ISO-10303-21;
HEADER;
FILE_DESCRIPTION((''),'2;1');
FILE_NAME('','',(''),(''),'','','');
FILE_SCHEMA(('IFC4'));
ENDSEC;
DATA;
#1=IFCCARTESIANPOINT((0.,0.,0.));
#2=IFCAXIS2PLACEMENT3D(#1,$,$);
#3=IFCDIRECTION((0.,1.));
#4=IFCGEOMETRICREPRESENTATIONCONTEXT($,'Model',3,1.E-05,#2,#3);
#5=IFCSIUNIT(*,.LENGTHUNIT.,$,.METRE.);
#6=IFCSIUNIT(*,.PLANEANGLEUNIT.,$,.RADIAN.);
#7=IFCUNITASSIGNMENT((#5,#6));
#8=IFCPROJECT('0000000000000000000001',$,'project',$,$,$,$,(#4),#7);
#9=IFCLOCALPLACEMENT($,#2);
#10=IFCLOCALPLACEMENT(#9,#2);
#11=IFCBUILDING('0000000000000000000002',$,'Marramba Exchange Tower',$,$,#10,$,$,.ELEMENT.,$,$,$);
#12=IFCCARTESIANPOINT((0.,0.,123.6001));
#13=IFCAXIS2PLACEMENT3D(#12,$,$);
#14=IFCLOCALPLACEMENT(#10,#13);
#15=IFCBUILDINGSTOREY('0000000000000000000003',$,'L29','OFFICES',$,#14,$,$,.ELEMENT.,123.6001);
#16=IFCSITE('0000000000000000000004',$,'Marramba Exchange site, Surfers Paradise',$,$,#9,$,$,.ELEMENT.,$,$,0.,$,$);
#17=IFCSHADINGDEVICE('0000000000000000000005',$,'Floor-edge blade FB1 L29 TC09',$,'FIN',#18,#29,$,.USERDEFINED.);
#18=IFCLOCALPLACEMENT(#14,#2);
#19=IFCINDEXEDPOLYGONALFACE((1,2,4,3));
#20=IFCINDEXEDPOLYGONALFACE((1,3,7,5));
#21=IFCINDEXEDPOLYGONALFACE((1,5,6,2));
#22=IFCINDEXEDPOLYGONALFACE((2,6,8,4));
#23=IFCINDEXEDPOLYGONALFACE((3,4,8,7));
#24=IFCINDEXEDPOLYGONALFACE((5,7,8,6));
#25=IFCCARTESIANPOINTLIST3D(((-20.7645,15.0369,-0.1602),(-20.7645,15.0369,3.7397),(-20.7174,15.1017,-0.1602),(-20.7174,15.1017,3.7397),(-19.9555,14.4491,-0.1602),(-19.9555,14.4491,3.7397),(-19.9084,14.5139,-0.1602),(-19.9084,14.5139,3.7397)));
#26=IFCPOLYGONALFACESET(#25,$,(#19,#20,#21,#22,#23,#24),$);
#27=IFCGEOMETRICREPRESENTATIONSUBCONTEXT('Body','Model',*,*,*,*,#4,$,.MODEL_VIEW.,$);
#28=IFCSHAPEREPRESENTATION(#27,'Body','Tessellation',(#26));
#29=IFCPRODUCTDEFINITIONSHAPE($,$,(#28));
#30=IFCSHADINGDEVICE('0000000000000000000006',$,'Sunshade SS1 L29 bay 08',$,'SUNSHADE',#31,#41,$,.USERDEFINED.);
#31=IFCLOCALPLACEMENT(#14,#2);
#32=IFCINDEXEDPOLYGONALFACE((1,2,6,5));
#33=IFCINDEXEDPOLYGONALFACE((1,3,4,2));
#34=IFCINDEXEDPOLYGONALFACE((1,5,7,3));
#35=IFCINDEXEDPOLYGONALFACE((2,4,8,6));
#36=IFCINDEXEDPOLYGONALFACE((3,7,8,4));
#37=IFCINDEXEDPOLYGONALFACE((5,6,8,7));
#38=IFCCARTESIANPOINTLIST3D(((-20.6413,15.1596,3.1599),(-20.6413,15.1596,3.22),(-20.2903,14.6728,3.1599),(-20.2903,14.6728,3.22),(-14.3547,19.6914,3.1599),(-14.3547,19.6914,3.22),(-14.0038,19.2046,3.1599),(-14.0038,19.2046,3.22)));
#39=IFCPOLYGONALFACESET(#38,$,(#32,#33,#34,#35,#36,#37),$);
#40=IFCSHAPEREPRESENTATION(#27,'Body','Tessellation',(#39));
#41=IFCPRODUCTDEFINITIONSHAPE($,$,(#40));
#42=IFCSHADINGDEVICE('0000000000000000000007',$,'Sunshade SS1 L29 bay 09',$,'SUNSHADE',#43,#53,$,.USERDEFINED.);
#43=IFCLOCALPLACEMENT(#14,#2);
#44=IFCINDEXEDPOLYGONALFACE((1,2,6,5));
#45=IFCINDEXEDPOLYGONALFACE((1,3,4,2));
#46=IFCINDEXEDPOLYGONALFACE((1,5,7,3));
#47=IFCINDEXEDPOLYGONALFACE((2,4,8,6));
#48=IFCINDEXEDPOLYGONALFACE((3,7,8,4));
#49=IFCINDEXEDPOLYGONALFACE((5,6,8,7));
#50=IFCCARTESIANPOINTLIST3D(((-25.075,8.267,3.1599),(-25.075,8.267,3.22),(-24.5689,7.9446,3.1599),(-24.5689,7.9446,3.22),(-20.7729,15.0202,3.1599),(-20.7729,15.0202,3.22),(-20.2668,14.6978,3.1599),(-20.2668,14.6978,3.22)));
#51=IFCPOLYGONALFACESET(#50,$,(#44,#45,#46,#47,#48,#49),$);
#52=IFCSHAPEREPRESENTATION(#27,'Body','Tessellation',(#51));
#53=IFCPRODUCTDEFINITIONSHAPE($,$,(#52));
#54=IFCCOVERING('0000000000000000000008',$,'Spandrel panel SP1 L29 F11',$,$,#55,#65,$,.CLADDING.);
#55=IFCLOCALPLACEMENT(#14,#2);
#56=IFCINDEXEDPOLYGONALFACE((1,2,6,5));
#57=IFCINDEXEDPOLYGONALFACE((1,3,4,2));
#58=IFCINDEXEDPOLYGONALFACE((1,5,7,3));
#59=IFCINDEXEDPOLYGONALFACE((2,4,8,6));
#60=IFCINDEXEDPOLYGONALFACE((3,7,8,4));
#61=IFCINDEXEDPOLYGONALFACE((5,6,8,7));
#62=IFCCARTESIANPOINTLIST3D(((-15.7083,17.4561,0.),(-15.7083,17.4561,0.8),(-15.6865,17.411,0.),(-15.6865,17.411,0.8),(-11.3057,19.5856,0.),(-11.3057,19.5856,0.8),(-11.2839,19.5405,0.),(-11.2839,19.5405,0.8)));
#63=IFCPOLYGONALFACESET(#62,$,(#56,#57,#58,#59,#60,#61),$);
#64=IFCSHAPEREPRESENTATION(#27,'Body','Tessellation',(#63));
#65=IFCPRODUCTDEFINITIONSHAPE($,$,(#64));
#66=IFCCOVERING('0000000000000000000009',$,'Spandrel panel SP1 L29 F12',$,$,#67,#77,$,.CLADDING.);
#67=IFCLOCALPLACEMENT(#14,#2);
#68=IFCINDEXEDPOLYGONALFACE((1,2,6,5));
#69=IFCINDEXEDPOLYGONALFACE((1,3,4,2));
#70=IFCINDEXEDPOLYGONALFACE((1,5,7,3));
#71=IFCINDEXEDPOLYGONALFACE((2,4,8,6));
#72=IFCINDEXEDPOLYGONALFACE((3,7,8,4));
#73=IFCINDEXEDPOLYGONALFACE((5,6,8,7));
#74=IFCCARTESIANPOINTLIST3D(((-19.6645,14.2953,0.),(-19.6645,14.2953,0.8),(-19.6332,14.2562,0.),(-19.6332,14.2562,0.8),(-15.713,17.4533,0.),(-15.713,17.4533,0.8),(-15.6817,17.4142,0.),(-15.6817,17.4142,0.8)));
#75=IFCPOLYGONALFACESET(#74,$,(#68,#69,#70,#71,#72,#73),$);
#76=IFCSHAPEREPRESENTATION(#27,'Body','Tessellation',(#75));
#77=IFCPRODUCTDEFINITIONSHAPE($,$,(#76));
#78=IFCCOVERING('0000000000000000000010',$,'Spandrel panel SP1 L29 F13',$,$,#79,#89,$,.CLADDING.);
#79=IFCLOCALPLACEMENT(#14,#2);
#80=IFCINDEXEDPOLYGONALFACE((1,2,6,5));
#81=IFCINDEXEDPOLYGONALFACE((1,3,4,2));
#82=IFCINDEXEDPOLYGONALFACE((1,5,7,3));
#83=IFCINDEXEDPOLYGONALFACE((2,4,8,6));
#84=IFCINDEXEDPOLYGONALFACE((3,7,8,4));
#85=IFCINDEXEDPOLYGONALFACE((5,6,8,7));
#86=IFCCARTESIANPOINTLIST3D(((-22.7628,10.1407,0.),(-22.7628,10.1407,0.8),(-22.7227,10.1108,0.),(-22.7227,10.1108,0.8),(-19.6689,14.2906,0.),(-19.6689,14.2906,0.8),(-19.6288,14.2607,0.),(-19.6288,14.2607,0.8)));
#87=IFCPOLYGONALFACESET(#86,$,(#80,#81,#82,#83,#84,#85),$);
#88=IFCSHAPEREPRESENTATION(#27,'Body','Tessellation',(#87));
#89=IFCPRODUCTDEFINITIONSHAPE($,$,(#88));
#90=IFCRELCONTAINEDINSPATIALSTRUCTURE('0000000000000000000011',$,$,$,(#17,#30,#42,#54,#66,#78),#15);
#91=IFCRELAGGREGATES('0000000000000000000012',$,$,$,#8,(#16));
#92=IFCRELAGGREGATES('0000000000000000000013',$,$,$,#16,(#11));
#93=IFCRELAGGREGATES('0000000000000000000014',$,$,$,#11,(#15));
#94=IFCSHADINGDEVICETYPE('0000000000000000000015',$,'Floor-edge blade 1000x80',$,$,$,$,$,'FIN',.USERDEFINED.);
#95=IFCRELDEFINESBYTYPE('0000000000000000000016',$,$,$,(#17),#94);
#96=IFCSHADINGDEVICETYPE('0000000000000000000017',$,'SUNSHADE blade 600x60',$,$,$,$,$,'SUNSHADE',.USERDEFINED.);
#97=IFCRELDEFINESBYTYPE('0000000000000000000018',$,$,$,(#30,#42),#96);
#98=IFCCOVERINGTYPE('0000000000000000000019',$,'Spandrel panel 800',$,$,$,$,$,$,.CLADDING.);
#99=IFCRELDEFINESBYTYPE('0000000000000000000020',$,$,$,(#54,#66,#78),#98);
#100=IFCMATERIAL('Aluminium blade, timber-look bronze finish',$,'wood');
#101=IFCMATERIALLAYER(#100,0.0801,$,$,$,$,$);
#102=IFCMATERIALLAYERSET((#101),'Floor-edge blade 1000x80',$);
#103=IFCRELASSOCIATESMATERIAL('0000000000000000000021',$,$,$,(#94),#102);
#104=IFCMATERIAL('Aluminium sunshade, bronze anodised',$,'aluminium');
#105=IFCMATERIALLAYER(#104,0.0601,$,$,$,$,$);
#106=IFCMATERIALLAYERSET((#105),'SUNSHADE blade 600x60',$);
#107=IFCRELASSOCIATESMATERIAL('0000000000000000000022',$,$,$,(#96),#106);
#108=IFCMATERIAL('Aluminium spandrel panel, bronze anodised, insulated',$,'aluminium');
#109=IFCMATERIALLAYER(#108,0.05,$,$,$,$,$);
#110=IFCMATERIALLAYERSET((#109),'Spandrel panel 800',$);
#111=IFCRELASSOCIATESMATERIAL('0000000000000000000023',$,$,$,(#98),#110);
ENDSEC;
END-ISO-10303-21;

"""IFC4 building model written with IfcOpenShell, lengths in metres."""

from ifc_helpers import new_model, si_unit, direction, frame, origin, origin_2d, place, context, subcontext, project, spatial, rectangle, extrude, material, layer, layer_set, type_object, element, save


model = new_model("IFC4")

# Units and contexts
model_context = context("Model", 3, precision=1e-05, world=origin(), true_north=direction((0.0, 1.0)))
body_context = subcontext(model_context, "Body", "Model", "MODEL_VIEW")
ifc_project = project(units=[si_unit("LENGTHUNIT", "METRE"), si_unit("PLANEANGLEUNIT", "RADIAN")], contexts=[model_context])

# Site, building, storey
site_placement = place(None, origin())
site = spatial("IfcSite", under=ifc_project, at=site_placement, Name="Marramba Exchange site, Surfers Paradise", CompositionType="ELEMENT", RefElevation=0.0)
building_placement = place(site_placement, origin())
building = spatial("IfcBuilding", under=site, at=building_placement, Name="Marramba Exchange Tower", CompositionType="ELEMENT")
storey_placement = place(building_placement, frame((0.0, 0.0, 123.6001)))
storey = spatial("IfcBuildingStorey", under=building, at=storey_placement, Name="L29", Description="OFFICES", CompositionType="ELEMENT", Elevation=123.6001)

# Shading devices
ifc_material_1 = material(Name="Aluminium blade, timber-look bronze finish", Category="wood")
ifc_layer_1 = layer(ifc_material_1, 0.0801)
ifc_layer_set_1 = layer_set([ifc_layer_1], Name="Floor-edge blade 1000x80")
shading_device_type_1 = type_object("IfcShadingDeviceType", Name="Floor-edge blade 1000x80", ElementType="FIN", PredefinedType="USERDEFINED", material=ifc_layer_set_1)
for number, where, z_axis, x_axis, name in (
    (1, (-20.3364, 14.7754, -0.1602), (0.0, 0.0, 1.0), (-0.809017, 0.587785, 0.0), "Floor-edge blade FB1 L29 TC09"),
):
    element("IfcShadingDevice", number, at=place(storey_placement, frame(where, z_axis=z_axis, x_axis=x_axis)), inside=storey, type_object=shading_device_type_1, Name=name, ObjectType="FIN", PredefinedType="USERDEFINED", context=body_context, shape_type="SweptSolid", body=[
        extrude(rectangle(XDim=1.0, YDim=0.0801, at=origin_2d()), origin(), (0.0, 0.0, 1.0), 3.8999),
    ])
ifc_material_2 = material(Name="Aluminium sunshade, bronze anodised", Category="aluminium")
ifc_layer_2 = layer(ifc_material_2, 0.0601)
ifc_layer_set_2 = layer_set([ifc_layer_2], Name="SUNSHADE blade 600x60")
shading_device_type_2 = type_object("IfcShadingDeviceType", Name="SUNSHADE blade 600x60", ElementType="SUNSHADE", PredefinedType="USERDEFINED", material=ifc_layer_set_2)
shading_device_1_placement = place(storey_placement, frame((-17.3225, 17.1821, 3.1599), z_axis=(0.0, 0.0, 1.0), x_axis=(-0.811199, -0.58477, 0.0)))
element("IfcShadingDevice", 2, at=shading_device_1_placement, inside=storey, type_object=shading_device_type_2, Name="Sunshade SS1 L29 bay 08", ObjectType="SUNSHADE", PredefinedType="USERDEFINED", context=body_context, shape_type="SweptSolid", body=[
    extrude(rectangle(XDim=7.7498, YDim=0.6001, at=origin_2d()), origin(), (0.0, 0.0, 1.0), 0.0601),
])
shading_device_2_placement = place(storey_placement, frame((-22.6709, 11.4824, 3.1599), z_axis=(0.0, 0.0, 1.0), x_axis=(-0.537285, -0.843401, 0.0)))
element("IfcShadingDevice", 3, at=shading_device_2_placement, inside=storey, type_object=shading_device_type_2, Name="Sunshade SS1 L29 bay 09", ObjectType="SUNSHADE", PredefinedType="USERDEFINED", context=body_context, shape_type="SweptSolid", body=[
    extrude(rectangle(XDim=8.0071, YDim=0.6001, at=origin_2d()), origin(), (0.0, 0.0, 1.0), 0.0601),
])

# Coverings
ifc_material_3 = material(Name="Aluminium spandrel panel, bronze anodised, insulated", Category="aluminium")
ifc_layer_3 = layer(ifc_material_3, 0.05)
ifc_layer_set_3 = layer_set([ifc_layer_3], Name="Spandrel panel 800")
covering_type = type_object("IfcCoveringType", Name="Spandrel panel 800", PredefinedType="CLADDING", material=ifc_layer_set_3)
covering_1_placement = place(storey_placement, frame((-13.4961, 18.4983, 0.0), z_axis=(0.0, 0.0, 1.0), x_axis=(-0.900224, -0.435428, 0.0)))
element("IfcCovering", 4, at=covering_1_placement, inside=storey, type_object=covering_type, Name="Spandrel panel SP1 L29 F11", PredefinedType="CLADDING", context=body_context, shape_type="SweptSolid", body=[
    extrude(rectangle(XDim=4.8906, YDim=0.05, at=origin_2d()), origin(), (0.0, 0.0, 1.0), 0.8),
])
covering_2_placement = place(storey_placement, frame((-17.6731, 15.8547, 0.0), z_axis=(0.0, 0.0, 1.0), x_axis=(-0.781178, -0.624308, 0.0)))
element("IfcCovering", 5, at=covering_2_placement, inside=storey, type_object=covering_type, Name="Spandrel panel SP1 L29 F12", PredefinedType="CLADDING", context=body_context, shape_type="SweptSolid", body=[
    extrude(rectangle(XDim=5.0583, YDim=0.05, at=origin_2d()), origin(), (0.0, 0.0, 1.0), 0.8),
])
covering_3_placement = place(storey_placement, frame((-21.1958, 12.2007, 0.0), z_axis=(0.0, 0.0, 1.0), x_axis=(-0.597704, -0.801717, 0.0)))
element("IfcCovering", 6, at=covering_3_placement, inside=storey, type_object=covering_type, Name="Spandrel panel SP1 L29 F13", PredefinedType="CLADDING", context=body_context, shape_type="SweptSolid", body=[
    extrude(rectangle(XDim=5.1763, YDim=0.05, at=origin_2d()), origin(), (0.0, 0.0, 1.0), 0.8),
])

save(model, "model.ifc")
